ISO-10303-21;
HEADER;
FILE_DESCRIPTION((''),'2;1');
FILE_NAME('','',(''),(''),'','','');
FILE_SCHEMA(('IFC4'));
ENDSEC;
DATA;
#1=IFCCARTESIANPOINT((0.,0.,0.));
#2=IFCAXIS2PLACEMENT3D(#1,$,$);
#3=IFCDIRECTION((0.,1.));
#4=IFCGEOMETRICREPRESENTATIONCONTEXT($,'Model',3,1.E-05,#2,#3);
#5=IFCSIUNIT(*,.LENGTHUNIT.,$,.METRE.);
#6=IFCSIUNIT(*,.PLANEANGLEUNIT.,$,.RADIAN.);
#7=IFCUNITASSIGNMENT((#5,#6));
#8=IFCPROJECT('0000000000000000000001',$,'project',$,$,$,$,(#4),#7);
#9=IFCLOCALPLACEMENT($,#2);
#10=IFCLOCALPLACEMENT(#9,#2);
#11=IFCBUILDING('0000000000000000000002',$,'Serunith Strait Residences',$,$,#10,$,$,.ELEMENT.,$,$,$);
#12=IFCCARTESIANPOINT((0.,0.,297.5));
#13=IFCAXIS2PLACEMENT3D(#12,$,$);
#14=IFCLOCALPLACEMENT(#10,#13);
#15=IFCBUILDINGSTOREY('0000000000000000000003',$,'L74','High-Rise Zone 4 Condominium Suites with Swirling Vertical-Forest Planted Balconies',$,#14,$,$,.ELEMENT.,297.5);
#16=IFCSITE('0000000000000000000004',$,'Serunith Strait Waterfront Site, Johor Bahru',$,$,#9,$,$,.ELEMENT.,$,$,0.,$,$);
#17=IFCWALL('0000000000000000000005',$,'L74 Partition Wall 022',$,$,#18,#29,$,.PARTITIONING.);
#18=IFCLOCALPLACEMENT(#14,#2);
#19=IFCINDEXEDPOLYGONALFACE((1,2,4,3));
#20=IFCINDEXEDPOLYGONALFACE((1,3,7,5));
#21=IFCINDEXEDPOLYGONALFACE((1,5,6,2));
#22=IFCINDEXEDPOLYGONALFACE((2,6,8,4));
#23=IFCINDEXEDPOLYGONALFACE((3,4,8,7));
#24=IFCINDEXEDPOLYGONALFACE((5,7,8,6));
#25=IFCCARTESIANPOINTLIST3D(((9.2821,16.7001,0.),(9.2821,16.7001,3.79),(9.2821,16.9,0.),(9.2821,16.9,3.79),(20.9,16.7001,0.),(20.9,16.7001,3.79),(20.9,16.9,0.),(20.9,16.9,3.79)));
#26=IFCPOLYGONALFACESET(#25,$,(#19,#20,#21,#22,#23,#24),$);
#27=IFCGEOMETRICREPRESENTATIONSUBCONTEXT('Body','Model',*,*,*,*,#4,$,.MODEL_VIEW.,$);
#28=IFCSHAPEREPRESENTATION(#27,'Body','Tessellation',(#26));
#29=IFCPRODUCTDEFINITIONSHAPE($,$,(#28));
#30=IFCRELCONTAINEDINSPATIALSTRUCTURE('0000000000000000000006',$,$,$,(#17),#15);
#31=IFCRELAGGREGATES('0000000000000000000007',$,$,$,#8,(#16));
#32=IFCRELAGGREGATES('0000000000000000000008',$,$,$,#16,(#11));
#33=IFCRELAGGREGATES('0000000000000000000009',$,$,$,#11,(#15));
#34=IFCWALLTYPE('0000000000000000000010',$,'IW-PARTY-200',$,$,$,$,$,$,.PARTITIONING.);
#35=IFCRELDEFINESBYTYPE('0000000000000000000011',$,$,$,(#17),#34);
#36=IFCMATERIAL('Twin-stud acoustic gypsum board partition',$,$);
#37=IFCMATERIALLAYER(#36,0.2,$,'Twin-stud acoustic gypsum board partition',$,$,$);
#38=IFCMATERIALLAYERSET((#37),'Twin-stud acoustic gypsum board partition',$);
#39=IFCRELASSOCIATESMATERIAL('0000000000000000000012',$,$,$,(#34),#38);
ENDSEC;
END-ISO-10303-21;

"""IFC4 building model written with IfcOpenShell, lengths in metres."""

from ifc_helpers import new_model, si_unit, direction, frame, frame_2d, origin, place, context, subcontext, project, spatial, rectangle, extrude, material, layer, layer_set, type_object, element, save


model = new_model("IFC4")

# Units and contexts
model_context = context("Model", 3, precision=1e-05, world=origin(), true_north=direction((0.0, 1.0)))
body_context = subcontext(model_context, "Body", "Model", "MODEL_VIEW")
ifc_project = project(units=[si_unit("LENGTHUNIT", "METRE"), si_unit("PLANEANGLEUNIT", "RADIAN")], contexts=[model_context])

# Site, building, storey
site_placement = place(None, origin())
site = spatial("IfcSite", under=ifc_project, at=site_placement, Name="Serunith Strait Waterfront Site, Johor Bahru", CompositionType="ELEMENT", RefElevation=0.0)
building_placement = place(site_placement, origin())
building = spatial("IfcBuilding", under=site, at=building_placement, Name="Serunith Strait Residences", CompositionType="ELEMENT")
storey_placement = place(building_placement, frame((0.0, 0.0, 297.5)))
storey = spatial("IfcBuildingStorey", under=building, at=storey_placement, Name="L74", Description="High-Rise Zone 4 Condominium Suites with Swirling Vertical-Forest Planted Balconies", CompositionType="ELEMENT", Elevation=297.5)

# Wall
ifc_material_1 = material(Name="Twin-stud acoustic gypsum board partition")
ifc_layer_1 = layer(ifc_material_1, 0.2, Name="Twin-stud acoustic gypsum board partition")
ifc_layer_set_1 = layer_set([ifc_layer_1], Name="Twin-stud acoustic gypsum board partition")
wall_type_1 = type_object("IfcWallType", Name="IW-PARTY-200", PredefinedType="PARTITIONING", material=ifc_layer_set_1)
wall_1_placement = place(storey_placement, frame((9.282, 16.8, 0.0), z_axis=(0.0, 0.0, 1.0), x_axis=(1.0, 0.0, 0.0)))
element("IfcWall", 1, at=wall_1_placement, inside=storey, type_object=wall_type_1, Name="L74 Partition Wall 022", PredefinedType="PARTITIONING", context=body_context, shape_type="SweptSolid", body=[
    extrude(rectangle(XDim=11.6179, YDim=0.2, at=frame_2d((5.8091, 0.0))), origin(), (0.0, 0.0, 1.0), 3.79),
])

save(model, "model.ifc")
